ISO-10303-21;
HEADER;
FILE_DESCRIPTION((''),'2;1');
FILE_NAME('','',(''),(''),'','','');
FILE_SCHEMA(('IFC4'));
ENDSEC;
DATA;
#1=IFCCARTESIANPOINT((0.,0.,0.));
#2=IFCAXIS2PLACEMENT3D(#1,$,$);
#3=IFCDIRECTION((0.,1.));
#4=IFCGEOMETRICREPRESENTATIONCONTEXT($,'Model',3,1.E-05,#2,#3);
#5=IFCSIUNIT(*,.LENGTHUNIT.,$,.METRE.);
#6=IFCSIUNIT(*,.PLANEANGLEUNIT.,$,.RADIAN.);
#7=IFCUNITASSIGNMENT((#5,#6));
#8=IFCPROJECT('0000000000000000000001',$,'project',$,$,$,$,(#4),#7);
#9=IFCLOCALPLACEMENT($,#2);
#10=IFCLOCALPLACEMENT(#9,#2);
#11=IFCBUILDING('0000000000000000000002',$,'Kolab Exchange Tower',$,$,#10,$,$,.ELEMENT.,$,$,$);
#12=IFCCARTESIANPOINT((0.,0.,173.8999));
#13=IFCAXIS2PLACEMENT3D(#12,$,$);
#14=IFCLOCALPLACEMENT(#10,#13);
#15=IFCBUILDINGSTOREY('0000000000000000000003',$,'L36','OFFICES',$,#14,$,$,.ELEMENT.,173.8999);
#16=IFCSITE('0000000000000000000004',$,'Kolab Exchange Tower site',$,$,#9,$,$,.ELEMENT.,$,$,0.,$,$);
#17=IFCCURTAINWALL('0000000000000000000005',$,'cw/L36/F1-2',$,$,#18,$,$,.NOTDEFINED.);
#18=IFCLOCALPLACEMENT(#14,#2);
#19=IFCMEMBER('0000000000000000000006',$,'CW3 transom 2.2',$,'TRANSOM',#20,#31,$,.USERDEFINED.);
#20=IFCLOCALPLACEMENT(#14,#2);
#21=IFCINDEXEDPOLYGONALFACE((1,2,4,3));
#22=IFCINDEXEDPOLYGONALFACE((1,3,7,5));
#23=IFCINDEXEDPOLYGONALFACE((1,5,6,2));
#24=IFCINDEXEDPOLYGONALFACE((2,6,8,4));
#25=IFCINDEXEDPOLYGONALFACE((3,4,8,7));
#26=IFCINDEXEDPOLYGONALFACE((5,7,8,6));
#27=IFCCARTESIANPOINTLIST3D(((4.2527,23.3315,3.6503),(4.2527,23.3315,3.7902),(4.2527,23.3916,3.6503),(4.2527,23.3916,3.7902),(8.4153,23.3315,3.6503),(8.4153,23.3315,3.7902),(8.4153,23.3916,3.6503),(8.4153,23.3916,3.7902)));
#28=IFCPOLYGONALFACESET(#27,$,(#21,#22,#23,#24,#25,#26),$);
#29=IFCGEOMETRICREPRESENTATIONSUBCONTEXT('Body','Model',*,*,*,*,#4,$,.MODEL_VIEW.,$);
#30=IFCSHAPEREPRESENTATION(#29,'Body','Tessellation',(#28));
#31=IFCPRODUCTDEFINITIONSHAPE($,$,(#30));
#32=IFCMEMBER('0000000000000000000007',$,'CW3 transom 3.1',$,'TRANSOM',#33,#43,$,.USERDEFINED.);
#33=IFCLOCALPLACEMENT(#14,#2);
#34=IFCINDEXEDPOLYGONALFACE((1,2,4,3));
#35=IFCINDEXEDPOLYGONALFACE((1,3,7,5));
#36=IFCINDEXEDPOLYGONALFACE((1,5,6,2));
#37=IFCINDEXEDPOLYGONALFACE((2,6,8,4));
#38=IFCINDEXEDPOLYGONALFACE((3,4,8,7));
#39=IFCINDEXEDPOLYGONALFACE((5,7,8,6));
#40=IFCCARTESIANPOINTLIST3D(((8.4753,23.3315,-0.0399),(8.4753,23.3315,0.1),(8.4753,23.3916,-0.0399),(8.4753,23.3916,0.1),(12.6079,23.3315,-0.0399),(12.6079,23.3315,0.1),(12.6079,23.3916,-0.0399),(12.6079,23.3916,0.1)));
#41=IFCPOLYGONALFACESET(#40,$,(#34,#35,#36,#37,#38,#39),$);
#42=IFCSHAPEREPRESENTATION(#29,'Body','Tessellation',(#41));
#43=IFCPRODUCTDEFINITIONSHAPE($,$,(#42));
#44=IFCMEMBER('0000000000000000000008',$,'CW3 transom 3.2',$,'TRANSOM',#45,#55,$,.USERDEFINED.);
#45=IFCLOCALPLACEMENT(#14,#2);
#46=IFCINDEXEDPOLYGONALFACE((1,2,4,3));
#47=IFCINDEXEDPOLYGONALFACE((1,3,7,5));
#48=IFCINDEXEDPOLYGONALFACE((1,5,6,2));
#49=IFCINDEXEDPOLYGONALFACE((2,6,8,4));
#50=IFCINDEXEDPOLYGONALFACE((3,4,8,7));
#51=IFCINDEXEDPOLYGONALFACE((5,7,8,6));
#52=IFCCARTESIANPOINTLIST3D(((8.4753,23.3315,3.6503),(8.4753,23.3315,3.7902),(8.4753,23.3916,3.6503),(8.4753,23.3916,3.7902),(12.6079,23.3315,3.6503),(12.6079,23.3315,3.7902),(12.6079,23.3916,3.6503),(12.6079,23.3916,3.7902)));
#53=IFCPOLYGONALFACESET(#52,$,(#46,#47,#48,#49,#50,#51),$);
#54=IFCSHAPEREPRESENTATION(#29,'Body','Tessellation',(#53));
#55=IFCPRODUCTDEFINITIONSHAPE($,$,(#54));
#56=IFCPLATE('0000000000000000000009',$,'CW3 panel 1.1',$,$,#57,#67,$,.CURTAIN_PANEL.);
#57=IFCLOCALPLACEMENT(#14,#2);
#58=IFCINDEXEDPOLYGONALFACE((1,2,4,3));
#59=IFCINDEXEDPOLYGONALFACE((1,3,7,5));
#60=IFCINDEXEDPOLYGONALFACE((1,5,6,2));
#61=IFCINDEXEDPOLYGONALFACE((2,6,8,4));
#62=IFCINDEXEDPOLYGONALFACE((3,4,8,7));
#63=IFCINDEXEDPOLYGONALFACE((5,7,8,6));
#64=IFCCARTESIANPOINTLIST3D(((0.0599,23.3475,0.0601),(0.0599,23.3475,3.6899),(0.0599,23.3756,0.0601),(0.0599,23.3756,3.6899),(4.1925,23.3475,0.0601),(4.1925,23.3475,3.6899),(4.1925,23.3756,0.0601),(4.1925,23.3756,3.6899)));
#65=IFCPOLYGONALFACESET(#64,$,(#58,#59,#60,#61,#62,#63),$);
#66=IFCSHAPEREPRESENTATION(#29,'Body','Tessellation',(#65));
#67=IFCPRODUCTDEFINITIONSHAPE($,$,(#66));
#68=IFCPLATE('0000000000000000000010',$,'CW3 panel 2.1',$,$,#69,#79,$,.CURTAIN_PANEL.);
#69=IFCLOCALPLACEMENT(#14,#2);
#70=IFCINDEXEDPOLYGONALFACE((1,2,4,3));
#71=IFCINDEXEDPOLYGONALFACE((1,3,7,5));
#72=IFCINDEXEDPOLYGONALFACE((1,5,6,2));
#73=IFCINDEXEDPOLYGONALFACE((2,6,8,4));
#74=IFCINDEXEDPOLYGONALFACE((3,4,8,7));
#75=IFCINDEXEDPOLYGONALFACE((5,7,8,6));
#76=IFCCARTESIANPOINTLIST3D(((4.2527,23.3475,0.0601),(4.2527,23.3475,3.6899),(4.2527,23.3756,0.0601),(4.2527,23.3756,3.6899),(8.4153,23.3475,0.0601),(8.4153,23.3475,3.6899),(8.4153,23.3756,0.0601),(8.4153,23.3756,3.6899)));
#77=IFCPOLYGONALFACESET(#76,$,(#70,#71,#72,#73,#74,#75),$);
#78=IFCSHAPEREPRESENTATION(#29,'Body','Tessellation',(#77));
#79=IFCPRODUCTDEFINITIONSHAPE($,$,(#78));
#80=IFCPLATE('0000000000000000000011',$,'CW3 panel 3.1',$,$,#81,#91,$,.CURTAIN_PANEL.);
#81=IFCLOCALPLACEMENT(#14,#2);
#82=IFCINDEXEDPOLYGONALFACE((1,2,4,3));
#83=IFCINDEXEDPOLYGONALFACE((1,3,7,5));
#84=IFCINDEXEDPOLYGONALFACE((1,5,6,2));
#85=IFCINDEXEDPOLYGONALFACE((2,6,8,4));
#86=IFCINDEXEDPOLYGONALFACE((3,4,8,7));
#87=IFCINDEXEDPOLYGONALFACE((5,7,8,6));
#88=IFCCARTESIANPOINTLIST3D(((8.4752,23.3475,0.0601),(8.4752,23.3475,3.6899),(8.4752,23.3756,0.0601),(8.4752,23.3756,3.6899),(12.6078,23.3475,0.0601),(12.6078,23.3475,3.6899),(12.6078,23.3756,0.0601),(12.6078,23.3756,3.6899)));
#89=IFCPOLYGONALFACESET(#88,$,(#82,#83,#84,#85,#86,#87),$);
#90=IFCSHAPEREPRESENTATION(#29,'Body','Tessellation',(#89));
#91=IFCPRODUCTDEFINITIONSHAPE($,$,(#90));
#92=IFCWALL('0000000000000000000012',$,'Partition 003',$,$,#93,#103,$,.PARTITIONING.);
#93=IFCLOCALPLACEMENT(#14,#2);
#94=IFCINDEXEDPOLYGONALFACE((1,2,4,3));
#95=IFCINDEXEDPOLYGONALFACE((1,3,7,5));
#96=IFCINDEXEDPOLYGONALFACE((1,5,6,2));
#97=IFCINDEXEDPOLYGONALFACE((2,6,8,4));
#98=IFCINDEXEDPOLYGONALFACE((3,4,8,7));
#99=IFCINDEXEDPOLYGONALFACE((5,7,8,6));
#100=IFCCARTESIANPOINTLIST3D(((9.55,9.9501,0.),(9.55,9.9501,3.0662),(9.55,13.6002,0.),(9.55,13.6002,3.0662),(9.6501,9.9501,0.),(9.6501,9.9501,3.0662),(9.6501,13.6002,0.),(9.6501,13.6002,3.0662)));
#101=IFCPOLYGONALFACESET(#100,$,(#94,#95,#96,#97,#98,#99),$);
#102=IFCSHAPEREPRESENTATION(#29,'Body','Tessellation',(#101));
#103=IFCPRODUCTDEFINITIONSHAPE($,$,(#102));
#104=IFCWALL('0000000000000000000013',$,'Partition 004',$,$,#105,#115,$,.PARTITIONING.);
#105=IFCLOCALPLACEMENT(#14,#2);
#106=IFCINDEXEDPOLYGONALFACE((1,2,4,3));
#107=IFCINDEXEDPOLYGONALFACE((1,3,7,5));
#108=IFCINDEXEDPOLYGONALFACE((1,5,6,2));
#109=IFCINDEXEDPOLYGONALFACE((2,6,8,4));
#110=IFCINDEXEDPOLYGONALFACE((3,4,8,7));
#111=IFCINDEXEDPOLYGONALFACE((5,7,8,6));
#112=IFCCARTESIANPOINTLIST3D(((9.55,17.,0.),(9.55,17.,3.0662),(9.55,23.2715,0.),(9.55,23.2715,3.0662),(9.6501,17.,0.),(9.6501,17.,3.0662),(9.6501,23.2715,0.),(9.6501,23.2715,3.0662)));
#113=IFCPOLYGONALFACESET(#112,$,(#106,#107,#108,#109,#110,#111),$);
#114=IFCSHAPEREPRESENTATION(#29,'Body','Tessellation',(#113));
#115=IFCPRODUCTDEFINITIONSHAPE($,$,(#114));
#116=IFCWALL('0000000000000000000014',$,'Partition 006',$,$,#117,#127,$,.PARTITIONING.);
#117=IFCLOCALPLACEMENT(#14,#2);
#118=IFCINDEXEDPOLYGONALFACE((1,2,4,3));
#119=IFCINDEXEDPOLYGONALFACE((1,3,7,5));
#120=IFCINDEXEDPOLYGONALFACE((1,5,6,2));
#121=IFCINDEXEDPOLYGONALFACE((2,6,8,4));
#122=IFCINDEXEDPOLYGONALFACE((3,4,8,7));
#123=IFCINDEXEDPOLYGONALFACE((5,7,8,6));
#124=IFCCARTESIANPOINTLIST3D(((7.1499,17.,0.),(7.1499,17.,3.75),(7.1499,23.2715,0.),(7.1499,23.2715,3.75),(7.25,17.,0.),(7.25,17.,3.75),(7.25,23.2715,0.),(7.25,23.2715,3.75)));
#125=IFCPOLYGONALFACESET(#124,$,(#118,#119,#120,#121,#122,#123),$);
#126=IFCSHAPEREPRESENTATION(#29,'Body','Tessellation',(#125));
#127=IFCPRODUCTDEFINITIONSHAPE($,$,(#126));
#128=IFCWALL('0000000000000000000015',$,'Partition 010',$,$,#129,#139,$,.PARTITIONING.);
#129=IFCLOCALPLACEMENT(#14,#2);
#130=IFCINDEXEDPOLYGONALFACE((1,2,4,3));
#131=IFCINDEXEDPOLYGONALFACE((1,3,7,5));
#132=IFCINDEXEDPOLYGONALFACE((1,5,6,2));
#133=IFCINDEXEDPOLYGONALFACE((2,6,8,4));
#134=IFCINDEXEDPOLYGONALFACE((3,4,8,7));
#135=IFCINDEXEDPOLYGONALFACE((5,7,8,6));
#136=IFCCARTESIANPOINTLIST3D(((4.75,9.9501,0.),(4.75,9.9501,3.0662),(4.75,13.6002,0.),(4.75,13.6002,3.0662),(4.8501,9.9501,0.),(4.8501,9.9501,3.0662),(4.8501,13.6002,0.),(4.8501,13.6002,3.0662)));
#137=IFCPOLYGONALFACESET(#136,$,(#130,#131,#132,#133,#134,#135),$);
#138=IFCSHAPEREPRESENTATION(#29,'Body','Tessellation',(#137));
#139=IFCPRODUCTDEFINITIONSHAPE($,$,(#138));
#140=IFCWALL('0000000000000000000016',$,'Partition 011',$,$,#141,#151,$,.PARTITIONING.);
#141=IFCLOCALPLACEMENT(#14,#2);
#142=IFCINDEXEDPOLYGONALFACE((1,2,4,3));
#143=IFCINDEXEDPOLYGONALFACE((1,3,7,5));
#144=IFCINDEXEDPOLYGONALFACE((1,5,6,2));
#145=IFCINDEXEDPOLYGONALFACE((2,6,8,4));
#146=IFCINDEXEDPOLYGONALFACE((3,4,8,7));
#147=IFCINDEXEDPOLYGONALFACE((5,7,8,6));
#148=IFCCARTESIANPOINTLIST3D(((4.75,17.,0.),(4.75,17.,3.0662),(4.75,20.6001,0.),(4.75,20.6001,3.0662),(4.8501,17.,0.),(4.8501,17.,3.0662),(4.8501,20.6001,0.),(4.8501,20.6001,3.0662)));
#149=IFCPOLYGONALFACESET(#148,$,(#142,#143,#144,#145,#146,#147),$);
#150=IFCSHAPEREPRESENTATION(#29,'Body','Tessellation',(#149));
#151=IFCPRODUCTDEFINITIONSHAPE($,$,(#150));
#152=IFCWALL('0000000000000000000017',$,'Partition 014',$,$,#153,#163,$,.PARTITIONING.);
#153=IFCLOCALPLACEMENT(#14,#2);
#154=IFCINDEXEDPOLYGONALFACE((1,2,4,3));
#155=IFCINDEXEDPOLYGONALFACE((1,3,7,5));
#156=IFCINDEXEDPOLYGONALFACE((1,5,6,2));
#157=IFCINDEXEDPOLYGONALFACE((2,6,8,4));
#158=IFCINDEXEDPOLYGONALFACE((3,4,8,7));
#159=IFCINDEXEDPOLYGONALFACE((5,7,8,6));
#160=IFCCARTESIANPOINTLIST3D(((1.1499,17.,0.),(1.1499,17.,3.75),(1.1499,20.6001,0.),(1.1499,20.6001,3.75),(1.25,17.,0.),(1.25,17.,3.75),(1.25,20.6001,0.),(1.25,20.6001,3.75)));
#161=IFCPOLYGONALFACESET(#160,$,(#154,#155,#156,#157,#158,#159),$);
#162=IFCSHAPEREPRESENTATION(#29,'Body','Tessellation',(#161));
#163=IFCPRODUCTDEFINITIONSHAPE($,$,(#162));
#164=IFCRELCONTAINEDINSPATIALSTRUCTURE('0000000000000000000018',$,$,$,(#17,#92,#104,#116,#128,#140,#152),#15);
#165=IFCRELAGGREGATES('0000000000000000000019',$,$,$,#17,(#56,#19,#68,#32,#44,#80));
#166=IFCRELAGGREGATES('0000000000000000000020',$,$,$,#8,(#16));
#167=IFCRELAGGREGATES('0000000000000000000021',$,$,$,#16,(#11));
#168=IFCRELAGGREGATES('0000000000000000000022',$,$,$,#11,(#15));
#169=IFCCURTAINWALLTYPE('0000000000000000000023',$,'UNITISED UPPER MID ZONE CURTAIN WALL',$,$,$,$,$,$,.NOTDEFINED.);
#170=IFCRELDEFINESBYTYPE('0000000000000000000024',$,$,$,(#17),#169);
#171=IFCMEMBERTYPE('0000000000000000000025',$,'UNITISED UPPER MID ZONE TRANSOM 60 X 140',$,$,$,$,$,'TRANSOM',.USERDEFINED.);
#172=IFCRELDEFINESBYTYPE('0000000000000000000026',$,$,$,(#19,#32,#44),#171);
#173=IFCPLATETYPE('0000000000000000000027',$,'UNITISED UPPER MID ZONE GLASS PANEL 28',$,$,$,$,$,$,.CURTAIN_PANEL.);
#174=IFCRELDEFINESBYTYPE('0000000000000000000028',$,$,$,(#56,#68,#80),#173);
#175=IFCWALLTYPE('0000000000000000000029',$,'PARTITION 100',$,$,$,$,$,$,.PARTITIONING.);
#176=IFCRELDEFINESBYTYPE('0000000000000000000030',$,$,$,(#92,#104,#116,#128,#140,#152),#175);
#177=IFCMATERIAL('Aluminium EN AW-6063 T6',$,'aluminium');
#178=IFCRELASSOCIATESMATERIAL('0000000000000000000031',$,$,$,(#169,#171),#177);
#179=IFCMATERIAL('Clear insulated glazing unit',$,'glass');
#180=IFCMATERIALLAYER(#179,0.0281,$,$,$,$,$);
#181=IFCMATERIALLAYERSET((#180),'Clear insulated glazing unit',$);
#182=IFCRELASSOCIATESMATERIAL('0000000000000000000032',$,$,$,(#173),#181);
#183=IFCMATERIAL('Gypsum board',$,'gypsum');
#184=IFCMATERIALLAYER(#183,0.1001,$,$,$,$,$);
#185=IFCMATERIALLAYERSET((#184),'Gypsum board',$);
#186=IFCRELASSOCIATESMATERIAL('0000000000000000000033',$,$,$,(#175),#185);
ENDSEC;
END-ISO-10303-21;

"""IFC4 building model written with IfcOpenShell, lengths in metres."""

from ifc_helpers import new_model, si_unit, direction, frame, frame_2d, origin, origin_2d, place, context, subcontext, project, spatial, rectangle, extrude, material, layer, layer_set, material_profile, profile_set, type_object, element, aggregate, save


model = new_model("IFC4")

# Units and contexts
model_context = context("Model", 3, precision=1e-05, world=origin(), true_north=direction((0.0, 1.0)))
body_context = subcontext(model_context, "Body", "Model", "MODEL_VIEW")
ifc_project = project(units=[si_unit("LENGTHUNIT", "METRE"), si_unit("PLANEANGLEUNIT", "RADIAN")], contexts=[model_context])

# Site, building, storey
site_placement = place(None, origin())
site = spatial("IfcSite", under=ifc_project, at=site_placement, Name="Kolab Exchange Tower site", CompositionType="ELEMENT", RefElevation=0.0)
building_placement = place(site_placement, origin())
building = spatial("IfcBuilding", under=site, at=building_placement, Name="Kolab Exchange Tower", CompositionType="ELEMENT")
storey_placement = place(building_placement, frame((0.0, 0.0, 173.8999)))
storey = spatial("IfcBuildingStorey", under=building, at=storey_placement, Name="L36", Description="OFFICES", CompositionType="ELEMENT", Elevation=173.8999)

# Curtain wall, members, plates
ifc_material_1 = material(Name="Aluminium EN AW-6063 T6", Category="aluminium")
curtain_wall_type = type_object("IfcCurtainWallType", Name="UNITISED UPPER MID ZONE CURTAIN WALL", PredefinedType="NOTDEFINED", material=ifc_material_1)
curtain_wall_placement = place(storey_placement, origin())
curtain_wall = element("IfcCurtainWall", 1, at=curtain_wall_placement, inside=storey, type_object=curtain_wall_type, Name="cw/L36/F1-2", PredefinedType="NOTDEFINED")
ifc_material_profile_1 = material_profile(ifc_material_1, rectangle(XDim=0.0601, YDim=0.1399, at=origin_2d()), Name="RECT 60X140")
ifc_profile_set_1 = profile_set([ifc_material_profile_1], Name="Aluminium EN AW-6063 T6")
member_type_1 = type_object("IfcMemberType", Name="UNITISED UPPER MID ZONE TRANSOM 60 X 140", ElementType="TRANSOM", PredefinedType="USERDEFINED", material=ifc_profile_set_1)
member_1_placement = place(storey_placement, frame((4.2527, 23.3616, 3.7202), z_axis=(1.0, 0.0, 0.0), x_axis=(0.0, 1.0, 0.0)))
member_1 = element("IfcMember", 2, at=member_1_placement, type_object=member_type_1, Name="CW3 transom 2.2", ObjectType="TRANSOM", PredefinedType="USERDEFINED", context=body_context, shape_type="SweptSolid", body=[
    extrude(rectangle(XDim=0.0601, YDim=0.1399, at=origin_2d()), origin(), (0.0, 0.0, 1.0), 4.1626),
])
member_2_placement = place(storey_placement, frame((8.4753, 23.3616, 0.03), z_axis=(1.0, 0.0, 0.0), x_axis=(0.0, 1.0, 0.0)))
member_2 = element("IfcMember", 3, at=member_2_placement, type_object=member_type_1, Name="CW3 transom 3.1", ObjectType="TRANSOM", PredefinedType="USERDEFINED", context=body_context, shape_type="SweptSolid", body=[
    extrude(rectangle(XDim=0.0601, YDim=0.1399, at=origin_2d()), origin(), (0.0, 0.0, 1.0), 4.1326),
])
member_3_placement = place(storey_placement, frame((8.4753, 23.3616, 3.7202), z_axis=(1.0, 0.0, 0.0), x_axis=(0.0, 1.0, 0.0)))
member_3 = element("IfcMember", 4, at=member_3_placement, type_object=member_type_1, Name="CW3 transom 3.2", ObjectType="TRANSOM", PredefinedType="USERDEFINED", context=body_context, shape_type="SweptSolid", body=[
    extrude(rectangle(XDim=0.0601, YDim=0.1399, at=origin_2d()), origin(), (0.0, 0.0, 1.0), 4.1326),
])
ifc_material_2 = material(Name="Clear insulated glazing unit", Category="glass")
ifc_layer_1 = layer(ifc_material_2, 0.0281)
ifc_layer_set_1 = layer_set([ifc_layer_1], Name="Clear insulated glazing unit")
plate_type = type_object("IfcPlateType", Name="UNITISED UPPER MID ZONE GLASS PANEL 28", PredefinedType="CURTAIN_PANEL", material=ifc_layer_set_1)
plate_1_placement = place(storey_placement, frame((2.1262, 23.3616, 0.0601), z_axis=(0.0, 0.0, 1.0), x_axis=(1.0, 0.0, 0.0)))
plate_1 = element("IfcPlate", 5, at=plate_1_placement, type_object=plate_type, Name="CW3 panel 1.1", PredefinedType="CURTAIN_PANEL", context=body_context, shape_type="SweptSolid", body=[
    extrude(rectangle(XDim=4.1326, YDim=0.0281, at=origin_2d()), origin(), (0.0, 0.0, 1.0), 3.6299),
])
plate_2_placement = place(storey_placement, frame((6.334, 23.3616, 0.0601), z_axis=(0.0, 0.0, 1.0), x_axis=(1.0, 0.0, 0.0)))
plate_2 = element("IfcPlate", 6, at=plate_2_placement, type_object=plate_type, Name="CW3 panel 2.1", PredefinedType="CURTAIN_PANEL", context=body_context, shape_type="SweptSolid", body=[
    extrude(rectangle(XDim=4.1626, YDim=0.0281, at=origin_2d()), origin(), (0.0, 0.0, 1.0), 3.6299),
])
plate_3_placement = place(storey_placement, frame((10.5415, 23.3616, 0.0601), z_axis=(0.0, 0.0, 1.0), x_axis=(1.0, 0.0, 0.0)))
plate_3 = element("IfcPlate", 7, at=plate_3_placement, type_object=plate_type, Name="CW3 panel 3.1", PredefinedType="CURTAIN_PANEL", context=body_context, shape_type="SweptSolid", body=[
    extrude(rectangle(XDim=4.1326, YDim=0.0281, at=origin_2d()), origin(), (0.0, 0.0, 1.0), 3.6299),
])
aggregate(curtain_wall, [plate_1, member_1, plate_2, member_2, member_3, plate_3])

# Walls
ifc_material_3 = material(Name="Gypsum board", Category="gypsum")
ifc_layer_2 = layer(ifc_material_3, 0.1001)
ifc_layer_set_2 = layer_set([ifc_layer_2], Name="Gypsum board")
wall_type = type_object("IfcWallType", Name="PARTITION 100", PredefinedType="PARTITIONING", material=ifc_layer_set_2)
wall_1_placement = place(storey_placement, frame((9.6001, 9.95, 0.0), z_axis=(0.0, 0.0, 1.0), x_axis=(0.0, 1.0, 0.0)))
element("IfcWall", 8, at=wall_1_placement, inside=storey, type_object=wall_type, Name="Partition 003", PredefinedType="PARTITIONING", context=body_context, shape_type="SweptSolid", body=[
    extrude(rectangle(XDim=3.6501, YDim=0.1001, at=frame_2d((1.8252, 0.0))), origin(), (0.0, 0.0, 1.0), 3.0662),
])
wall_2_placement = place(storey_placement, frame((9.6001, 17.0, 0.0), z_axis=(0.0, 0.0, 1.0), x_axis=(0.0, 1.0, 0.0)))
element("IfcWall", 9, at=wall_2_placement, inside=storey, type_object=wall_type, Name="Partition 004", PredefinedType="PARTITIONING", context=body_context, shape_type="SweptSolid", body=[
    extrude(rectangle(XDim=6.2715, YDim=0.1001, at=frame_2d((3.1357, 0.0))), origin(), (0.0, 0.0, 1.0), 3.0662),
])
wall_3_placement = place(storey_placement, frame((7.2, 17.0, 0.0), z_axis=(0.0, 0.0, 1.0), x_axis=(0.0, 1.0, 0.0)))
element("IfcWall", 10, at=wall_3_placement, inside=storey, type_object=wall_type, Name="Partition 006", PredefinedType="PARTITIONING", context=body_context, shape_type="SweptSolid", body=[
    extrude(rectangle(XDim=6.2715, YDim=0.1001, at=frame_2d((3.1357, 0.0))), origin(), (0.0, 0.0, 1.0), 3.75),
])
wall_4_placement = place(storey_placement, frame((4.8, 9.95, 0.0), z_axis=(0.0, 0.0, 1.0), x_axis=(0.0, 1.0, 0.0)))
element("IfcWall", 11, at=wall_4_placement, inside=storey, type_object=wall_type, Name="Partition 010", PredefinedType="PARTITIONING", context=body_context, shape_type="SweptSolid", body=[
    extrude(rectangle(XDim=3.6501, YDim=0.1001, at=frame_2d((1.8252, 0.0))), origin(), (0.0, 0.0, 1.0), 3.0662),
])
wall_5_placement = place(storey_placement, frame((4.8, 17.0, 0.0), z_axis=(0.0, 0.0, 1.0), x_axis=(0.0, 1.0, 0.0)))
element("IfcWall", 12, at=wall_5_placement, inside=storey, type_object=wall_type, Name="Partition 011", PredefinedType="PARTITIONING", context=body_context, shape_type="SweptSolid", body=[
    extrude(rectangle(XDim=3.6001, YDim=0.1001, at=frame_2d((1.8, 0.0))), origin(), (0.0, 0.0, 1.0), 3.0662),
])
wall_6_placement = place(storey_placement, frame((1.2, 17.0, 0.0), z_axis=(0.0, 0.0, 1.0), x_axis=(0.0, 1.0, 0.0)))
element("IfcWall", 13, at=wall_6_placement, inside=storey, type_object=wall_type, Name="Partition 014", PredefinedType="PARTITIONING", context=body_context, shape_type="SweptSolid", body=[
    extrude(rectangle(XDim=3.6001, YDim=0.1001, at=frame_2d((1.8, 0.0))), origin(), (0.0, 0.0, 1.0), 3.75),
])

save(model, "model.ifc")
